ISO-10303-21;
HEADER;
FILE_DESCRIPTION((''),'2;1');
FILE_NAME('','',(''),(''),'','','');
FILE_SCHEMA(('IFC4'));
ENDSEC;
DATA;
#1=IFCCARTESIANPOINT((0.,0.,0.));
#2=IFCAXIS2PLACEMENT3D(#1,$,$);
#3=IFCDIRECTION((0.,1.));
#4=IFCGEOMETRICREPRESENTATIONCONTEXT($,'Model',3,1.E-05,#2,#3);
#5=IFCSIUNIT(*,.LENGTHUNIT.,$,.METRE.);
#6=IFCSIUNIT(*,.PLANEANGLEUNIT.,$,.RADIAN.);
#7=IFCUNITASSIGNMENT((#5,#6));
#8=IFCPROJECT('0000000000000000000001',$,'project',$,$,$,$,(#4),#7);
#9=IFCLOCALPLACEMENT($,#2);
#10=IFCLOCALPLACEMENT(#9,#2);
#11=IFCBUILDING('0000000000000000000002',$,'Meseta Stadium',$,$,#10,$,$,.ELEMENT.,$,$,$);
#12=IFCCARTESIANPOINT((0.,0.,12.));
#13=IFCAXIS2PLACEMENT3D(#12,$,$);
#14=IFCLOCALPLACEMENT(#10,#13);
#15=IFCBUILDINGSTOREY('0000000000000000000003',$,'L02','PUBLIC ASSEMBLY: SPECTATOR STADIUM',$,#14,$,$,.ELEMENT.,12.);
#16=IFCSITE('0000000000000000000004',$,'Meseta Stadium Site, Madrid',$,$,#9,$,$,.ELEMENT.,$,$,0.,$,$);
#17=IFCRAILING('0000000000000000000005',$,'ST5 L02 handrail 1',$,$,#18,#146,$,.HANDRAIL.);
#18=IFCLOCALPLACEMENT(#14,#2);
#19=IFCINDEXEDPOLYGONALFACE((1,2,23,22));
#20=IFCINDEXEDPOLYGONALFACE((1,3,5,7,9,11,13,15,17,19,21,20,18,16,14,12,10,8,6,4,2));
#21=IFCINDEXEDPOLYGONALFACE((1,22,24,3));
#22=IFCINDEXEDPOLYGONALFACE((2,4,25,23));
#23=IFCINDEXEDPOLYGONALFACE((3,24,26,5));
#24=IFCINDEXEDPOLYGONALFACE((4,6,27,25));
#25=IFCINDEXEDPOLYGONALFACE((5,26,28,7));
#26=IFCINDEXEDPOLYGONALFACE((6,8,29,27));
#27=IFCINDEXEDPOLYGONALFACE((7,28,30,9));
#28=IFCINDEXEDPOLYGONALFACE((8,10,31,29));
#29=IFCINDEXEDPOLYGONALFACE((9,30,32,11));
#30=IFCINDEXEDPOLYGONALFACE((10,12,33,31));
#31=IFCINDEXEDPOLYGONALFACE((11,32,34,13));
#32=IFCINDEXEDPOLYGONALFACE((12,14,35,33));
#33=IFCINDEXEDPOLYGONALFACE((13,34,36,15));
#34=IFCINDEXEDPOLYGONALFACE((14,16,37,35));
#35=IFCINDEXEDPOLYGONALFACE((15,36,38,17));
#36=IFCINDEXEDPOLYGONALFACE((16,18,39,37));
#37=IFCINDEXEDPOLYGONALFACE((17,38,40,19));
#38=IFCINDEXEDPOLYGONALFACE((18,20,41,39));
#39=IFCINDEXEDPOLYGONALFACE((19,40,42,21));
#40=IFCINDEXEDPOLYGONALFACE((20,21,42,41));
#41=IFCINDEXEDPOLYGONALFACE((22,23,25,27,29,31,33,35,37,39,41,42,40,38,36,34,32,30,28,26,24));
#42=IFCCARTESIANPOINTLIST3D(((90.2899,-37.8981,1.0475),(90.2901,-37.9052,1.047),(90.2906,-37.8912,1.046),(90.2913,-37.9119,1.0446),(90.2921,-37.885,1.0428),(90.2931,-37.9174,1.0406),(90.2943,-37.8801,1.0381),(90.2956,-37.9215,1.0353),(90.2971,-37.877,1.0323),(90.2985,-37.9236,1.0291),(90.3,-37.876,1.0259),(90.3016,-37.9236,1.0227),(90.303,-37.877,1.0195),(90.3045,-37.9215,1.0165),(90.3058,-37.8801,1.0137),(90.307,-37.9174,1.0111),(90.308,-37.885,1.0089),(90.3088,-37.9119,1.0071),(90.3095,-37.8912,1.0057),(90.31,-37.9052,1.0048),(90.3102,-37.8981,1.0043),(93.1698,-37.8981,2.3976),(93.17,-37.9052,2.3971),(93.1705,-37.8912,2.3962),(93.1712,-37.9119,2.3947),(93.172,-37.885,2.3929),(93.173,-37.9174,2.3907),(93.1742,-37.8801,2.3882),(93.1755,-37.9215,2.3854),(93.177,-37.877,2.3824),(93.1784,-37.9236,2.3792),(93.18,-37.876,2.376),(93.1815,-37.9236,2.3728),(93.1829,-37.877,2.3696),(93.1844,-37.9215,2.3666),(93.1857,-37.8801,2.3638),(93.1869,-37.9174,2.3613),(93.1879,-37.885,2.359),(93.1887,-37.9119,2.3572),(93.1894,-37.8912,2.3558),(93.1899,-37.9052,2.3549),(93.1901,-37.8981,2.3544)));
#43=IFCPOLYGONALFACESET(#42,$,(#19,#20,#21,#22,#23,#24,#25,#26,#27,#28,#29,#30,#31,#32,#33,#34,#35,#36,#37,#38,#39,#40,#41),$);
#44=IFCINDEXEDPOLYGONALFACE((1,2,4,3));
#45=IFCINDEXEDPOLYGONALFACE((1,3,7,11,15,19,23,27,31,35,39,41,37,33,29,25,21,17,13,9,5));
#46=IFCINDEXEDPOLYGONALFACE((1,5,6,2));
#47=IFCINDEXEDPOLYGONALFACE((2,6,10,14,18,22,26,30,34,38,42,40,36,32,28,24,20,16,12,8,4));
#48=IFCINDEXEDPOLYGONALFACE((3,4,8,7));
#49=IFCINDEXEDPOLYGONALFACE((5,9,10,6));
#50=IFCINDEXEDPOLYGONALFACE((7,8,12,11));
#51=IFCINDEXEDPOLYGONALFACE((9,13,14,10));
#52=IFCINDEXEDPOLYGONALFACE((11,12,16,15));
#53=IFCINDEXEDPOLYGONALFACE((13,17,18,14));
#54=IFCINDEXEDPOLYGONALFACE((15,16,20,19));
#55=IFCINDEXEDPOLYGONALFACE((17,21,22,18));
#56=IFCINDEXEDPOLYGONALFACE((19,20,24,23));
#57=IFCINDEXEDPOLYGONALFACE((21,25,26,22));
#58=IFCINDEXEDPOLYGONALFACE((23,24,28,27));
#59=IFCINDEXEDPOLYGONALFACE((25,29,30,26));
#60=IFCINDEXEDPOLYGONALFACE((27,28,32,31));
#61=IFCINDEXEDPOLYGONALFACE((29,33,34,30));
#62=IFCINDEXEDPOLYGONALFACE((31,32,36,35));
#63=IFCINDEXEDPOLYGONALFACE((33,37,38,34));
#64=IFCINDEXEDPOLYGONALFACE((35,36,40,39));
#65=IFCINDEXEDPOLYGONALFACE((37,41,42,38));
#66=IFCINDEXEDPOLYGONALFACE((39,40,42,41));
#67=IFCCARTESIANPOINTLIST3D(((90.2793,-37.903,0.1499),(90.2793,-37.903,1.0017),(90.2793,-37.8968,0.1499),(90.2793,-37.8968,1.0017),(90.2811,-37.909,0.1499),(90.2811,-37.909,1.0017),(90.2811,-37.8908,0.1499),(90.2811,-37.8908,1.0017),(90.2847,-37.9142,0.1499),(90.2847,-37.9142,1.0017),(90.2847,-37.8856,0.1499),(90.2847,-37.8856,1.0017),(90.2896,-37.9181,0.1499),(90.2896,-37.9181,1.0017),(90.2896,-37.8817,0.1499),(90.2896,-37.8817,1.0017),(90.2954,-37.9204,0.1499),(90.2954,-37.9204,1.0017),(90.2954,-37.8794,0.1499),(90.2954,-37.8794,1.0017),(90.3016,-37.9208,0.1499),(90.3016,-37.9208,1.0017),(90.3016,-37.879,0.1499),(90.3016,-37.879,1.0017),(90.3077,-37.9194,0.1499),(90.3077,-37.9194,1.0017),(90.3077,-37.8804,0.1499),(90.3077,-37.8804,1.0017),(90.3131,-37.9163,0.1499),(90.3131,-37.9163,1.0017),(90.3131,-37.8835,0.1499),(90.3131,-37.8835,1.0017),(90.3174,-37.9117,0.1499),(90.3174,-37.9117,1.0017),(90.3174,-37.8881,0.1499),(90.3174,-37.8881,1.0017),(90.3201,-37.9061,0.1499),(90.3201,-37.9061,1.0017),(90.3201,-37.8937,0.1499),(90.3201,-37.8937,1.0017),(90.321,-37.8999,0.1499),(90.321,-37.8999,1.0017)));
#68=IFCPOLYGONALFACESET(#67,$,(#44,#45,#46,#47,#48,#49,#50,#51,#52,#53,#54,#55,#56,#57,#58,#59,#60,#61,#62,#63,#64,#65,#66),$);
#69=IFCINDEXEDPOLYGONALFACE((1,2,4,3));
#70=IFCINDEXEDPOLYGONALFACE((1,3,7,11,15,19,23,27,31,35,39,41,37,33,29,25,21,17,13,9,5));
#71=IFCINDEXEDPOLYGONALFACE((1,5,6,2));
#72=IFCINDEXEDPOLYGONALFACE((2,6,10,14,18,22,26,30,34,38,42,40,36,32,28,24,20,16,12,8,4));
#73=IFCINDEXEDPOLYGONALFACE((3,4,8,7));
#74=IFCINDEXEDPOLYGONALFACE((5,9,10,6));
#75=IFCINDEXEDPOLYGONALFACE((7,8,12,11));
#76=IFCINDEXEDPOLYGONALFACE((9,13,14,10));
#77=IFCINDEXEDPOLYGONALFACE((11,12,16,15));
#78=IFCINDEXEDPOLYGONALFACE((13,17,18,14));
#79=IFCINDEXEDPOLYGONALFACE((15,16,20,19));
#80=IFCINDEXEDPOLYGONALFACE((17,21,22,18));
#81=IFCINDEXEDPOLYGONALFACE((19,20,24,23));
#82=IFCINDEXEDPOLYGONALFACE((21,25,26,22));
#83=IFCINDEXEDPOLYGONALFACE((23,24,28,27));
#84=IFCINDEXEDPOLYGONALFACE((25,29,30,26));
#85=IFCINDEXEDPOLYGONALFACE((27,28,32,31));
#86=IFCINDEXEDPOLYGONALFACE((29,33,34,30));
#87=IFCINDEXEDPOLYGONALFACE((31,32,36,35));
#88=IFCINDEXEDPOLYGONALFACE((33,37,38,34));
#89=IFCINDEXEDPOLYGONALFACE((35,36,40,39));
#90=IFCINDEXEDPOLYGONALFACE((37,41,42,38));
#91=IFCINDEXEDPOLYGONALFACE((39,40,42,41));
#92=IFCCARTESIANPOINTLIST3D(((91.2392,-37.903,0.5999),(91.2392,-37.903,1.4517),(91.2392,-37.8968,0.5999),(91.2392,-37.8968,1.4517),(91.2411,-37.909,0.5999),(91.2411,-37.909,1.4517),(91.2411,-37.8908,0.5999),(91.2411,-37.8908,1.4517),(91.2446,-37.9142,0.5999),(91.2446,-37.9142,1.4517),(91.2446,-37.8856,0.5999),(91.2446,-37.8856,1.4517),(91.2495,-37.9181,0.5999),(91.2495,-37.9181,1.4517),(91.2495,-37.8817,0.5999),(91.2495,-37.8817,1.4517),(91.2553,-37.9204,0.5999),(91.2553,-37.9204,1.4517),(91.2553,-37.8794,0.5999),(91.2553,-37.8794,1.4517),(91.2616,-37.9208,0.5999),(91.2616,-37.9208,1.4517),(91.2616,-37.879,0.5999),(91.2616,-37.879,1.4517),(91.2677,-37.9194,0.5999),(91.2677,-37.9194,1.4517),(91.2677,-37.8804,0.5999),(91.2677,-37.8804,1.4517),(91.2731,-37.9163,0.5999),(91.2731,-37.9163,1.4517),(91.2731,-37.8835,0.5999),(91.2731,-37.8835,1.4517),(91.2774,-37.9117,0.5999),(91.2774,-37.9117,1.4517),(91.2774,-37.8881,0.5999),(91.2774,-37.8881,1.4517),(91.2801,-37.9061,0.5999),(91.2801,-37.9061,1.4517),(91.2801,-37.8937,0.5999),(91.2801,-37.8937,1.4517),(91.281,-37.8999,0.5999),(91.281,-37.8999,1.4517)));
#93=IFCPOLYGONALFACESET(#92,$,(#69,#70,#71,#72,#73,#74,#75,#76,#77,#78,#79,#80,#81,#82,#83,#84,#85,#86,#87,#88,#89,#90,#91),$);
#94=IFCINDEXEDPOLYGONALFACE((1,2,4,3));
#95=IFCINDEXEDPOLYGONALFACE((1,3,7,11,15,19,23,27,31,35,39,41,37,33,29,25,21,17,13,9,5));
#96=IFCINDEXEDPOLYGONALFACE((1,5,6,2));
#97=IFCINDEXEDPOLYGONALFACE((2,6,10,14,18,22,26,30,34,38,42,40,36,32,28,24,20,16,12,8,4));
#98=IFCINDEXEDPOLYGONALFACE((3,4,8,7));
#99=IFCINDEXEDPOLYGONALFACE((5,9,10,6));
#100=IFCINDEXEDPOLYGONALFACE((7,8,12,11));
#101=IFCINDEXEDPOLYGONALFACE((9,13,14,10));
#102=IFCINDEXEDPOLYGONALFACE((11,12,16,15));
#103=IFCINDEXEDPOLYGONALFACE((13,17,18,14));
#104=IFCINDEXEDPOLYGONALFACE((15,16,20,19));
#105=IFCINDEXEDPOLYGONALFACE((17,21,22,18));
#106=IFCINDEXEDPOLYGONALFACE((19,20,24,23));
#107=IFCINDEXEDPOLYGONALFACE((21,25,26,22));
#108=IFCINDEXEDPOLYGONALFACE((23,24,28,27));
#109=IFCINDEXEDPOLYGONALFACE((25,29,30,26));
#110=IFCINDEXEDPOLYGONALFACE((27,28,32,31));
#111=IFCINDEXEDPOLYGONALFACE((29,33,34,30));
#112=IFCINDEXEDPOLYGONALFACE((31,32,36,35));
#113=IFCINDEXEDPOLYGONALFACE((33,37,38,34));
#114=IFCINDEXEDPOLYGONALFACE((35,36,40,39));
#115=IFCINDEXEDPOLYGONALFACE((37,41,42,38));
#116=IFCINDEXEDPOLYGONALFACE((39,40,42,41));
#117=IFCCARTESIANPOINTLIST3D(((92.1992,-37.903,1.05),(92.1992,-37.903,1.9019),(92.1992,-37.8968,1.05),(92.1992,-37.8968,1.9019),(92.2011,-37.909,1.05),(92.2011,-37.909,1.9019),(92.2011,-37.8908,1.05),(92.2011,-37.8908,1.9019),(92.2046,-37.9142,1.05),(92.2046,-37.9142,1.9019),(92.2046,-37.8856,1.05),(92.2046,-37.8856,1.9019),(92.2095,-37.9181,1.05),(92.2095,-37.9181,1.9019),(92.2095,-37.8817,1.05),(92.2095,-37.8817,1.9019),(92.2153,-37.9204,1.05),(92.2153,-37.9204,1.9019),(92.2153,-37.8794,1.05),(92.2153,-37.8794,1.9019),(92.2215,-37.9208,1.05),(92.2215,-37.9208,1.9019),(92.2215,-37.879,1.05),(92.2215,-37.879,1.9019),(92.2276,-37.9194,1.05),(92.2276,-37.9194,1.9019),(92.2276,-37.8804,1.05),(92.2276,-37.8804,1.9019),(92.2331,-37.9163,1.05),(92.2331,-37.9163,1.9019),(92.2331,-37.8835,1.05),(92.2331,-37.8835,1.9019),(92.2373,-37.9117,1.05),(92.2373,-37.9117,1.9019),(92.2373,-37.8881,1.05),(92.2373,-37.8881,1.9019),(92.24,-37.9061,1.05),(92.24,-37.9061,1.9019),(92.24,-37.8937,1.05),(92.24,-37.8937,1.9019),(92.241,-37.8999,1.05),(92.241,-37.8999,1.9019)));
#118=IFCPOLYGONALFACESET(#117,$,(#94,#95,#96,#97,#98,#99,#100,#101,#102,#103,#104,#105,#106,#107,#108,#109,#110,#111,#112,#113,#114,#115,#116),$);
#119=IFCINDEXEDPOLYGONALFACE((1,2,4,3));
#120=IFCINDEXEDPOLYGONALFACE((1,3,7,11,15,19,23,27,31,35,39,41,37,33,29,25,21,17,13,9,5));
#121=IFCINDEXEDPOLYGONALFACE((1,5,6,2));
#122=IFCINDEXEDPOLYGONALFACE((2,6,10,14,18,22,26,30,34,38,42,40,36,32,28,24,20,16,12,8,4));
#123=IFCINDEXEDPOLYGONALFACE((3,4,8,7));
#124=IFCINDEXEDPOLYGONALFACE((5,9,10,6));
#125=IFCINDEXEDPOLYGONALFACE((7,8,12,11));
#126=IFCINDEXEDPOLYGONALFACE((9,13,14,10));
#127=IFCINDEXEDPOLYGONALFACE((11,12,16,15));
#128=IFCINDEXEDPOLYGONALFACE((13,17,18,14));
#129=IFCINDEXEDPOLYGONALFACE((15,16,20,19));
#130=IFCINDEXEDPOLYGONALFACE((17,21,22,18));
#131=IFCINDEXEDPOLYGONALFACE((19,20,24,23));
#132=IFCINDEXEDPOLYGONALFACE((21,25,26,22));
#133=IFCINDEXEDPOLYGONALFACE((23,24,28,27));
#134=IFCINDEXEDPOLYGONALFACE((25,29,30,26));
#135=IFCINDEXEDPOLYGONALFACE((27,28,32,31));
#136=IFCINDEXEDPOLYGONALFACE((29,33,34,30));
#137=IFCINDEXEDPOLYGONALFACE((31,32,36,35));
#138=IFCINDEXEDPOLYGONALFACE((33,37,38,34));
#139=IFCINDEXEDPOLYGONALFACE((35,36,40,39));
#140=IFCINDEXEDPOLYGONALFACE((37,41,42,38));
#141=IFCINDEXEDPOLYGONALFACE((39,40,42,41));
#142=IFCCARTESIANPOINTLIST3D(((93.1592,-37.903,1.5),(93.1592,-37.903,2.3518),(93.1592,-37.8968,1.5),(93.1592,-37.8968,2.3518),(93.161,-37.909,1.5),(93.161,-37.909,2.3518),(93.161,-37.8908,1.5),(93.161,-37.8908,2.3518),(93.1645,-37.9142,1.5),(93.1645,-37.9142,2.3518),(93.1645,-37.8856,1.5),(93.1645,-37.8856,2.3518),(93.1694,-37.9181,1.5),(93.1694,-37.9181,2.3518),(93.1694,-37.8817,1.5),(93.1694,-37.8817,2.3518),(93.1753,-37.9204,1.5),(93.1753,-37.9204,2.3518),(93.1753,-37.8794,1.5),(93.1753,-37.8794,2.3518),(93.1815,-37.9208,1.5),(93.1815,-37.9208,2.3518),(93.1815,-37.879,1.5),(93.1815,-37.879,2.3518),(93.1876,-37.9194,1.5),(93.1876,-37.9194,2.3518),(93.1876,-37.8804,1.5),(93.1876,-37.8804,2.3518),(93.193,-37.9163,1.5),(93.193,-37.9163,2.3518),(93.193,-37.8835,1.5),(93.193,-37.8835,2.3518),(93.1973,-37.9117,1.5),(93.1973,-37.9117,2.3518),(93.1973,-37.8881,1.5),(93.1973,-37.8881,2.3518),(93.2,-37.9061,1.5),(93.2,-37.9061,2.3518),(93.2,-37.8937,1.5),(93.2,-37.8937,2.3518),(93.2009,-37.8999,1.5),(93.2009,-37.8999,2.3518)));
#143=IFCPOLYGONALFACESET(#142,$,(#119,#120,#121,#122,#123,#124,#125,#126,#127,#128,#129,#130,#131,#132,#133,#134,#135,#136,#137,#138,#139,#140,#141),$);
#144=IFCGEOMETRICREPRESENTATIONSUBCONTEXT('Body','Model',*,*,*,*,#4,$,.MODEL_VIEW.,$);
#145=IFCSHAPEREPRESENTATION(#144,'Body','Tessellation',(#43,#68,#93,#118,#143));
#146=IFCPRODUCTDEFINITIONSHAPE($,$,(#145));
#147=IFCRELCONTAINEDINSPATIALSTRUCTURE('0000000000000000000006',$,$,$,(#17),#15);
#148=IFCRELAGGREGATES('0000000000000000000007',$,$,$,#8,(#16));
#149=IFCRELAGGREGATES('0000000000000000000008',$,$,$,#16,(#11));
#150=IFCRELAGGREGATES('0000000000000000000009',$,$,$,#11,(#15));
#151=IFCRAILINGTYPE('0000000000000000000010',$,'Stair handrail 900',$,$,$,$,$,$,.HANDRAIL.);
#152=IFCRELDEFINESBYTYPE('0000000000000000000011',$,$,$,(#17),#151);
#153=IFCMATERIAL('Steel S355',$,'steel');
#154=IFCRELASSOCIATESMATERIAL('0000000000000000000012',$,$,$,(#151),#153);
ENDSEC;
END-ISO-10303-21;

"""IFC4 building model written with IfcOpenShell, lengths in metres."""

from ifc_helpers import new_model, si_unit, direction, frame, origin, origin_2d, place, context, subcontext, project, spatial, circle, extrude, material, type_object, element, save


model = new_model("IFC4")

# Units and contexts
model_context = context("Model", 3, precision=1e-05, world=origin(), true_north=direction((0.0, 1.0)))
body_context = subcontext(model_context, "Body", "Model", "MODEL_VIEW")
ifc_project = project(units=[si_unit("LENGTHUNIT", "METRE"), si_unit("PLANEANGLEUNIT", "RADIAN")], contexts=[model_context])

# Site, building, storey
site_placement = place(None, origin())
site = spatial("IfcSite", under=ifc_project, at=site_placement, Name="Meseta Stadium Site, Madrid", CompositionType="ELEMENT", RefElevation=0.0)
building_placement = place(site_placement, origin())
building = spatial("IfcBuilding", under=site, at=building_placement, Name="Meseta Stadium", CompositionType="ELEMENT")
storey_placement = place(building_placement, frame((0.0, 0.0, 12.0)))
storey = spatial("IfcBuildingStorey", under=building, at=storey_placement, Name="L02", Description="PUBLIC ASSEMBLY: SPECTATOR STADIUM", CompositionType="ELEMENT", Elevation=12.0)

# Railing
ifc_material_1 = material(Name="Steel S355", Category="steel")
railing_type_1 = type_object("IfcRailingType", Name="Stair handrail 900", PredefinedType="HANDRAIL", material=ifc_material_1)
railing_1_placement = place(storey_placement, frame((90.3, -37.8999, 0.1499)))
element("IfcRailing", 1, at=railing_1_placement, inside=storey, type_object=railing_type_1, Name="ST5 L02 handrail 1", PredefinedType="HANDRAIL", context=body_context, shape_type="SweptSolid", body=[
    extrude(circle(Radius=0.0239, at=origin_2d()), frame((0.0, 0.0, 0.876), z_axis=(0.90544, 0.0, 0.424473), x_axis=(0.0, 1.0, 0.0)), (0.0, 0.0, 1.0), 3.1807),
    extrude(circle(Radius=0.021, at=origin_2d()), origin(), (0.0, 0.0, 1.0), 0.8518),
    extrude(circle(Radius=0.021, at=origin_2d()), frame((0.96, 0.0, 0.45)), (0.0, 0.0, 1.0), 0.8518),
    extrude(circle(Radius=0.021, at=origin_2d()), frame((1.9199, 0.0, 0.9001)), (0.0, 0.0, 1.0), 0.8518),
    extrude(circle(Radius=0.021, at=origin_2d()), frame((2.8799, 0.0, 1.3501)), (0.0, 0.0, 1.0), 0.8518),
])

save(model, "model.ifc")
